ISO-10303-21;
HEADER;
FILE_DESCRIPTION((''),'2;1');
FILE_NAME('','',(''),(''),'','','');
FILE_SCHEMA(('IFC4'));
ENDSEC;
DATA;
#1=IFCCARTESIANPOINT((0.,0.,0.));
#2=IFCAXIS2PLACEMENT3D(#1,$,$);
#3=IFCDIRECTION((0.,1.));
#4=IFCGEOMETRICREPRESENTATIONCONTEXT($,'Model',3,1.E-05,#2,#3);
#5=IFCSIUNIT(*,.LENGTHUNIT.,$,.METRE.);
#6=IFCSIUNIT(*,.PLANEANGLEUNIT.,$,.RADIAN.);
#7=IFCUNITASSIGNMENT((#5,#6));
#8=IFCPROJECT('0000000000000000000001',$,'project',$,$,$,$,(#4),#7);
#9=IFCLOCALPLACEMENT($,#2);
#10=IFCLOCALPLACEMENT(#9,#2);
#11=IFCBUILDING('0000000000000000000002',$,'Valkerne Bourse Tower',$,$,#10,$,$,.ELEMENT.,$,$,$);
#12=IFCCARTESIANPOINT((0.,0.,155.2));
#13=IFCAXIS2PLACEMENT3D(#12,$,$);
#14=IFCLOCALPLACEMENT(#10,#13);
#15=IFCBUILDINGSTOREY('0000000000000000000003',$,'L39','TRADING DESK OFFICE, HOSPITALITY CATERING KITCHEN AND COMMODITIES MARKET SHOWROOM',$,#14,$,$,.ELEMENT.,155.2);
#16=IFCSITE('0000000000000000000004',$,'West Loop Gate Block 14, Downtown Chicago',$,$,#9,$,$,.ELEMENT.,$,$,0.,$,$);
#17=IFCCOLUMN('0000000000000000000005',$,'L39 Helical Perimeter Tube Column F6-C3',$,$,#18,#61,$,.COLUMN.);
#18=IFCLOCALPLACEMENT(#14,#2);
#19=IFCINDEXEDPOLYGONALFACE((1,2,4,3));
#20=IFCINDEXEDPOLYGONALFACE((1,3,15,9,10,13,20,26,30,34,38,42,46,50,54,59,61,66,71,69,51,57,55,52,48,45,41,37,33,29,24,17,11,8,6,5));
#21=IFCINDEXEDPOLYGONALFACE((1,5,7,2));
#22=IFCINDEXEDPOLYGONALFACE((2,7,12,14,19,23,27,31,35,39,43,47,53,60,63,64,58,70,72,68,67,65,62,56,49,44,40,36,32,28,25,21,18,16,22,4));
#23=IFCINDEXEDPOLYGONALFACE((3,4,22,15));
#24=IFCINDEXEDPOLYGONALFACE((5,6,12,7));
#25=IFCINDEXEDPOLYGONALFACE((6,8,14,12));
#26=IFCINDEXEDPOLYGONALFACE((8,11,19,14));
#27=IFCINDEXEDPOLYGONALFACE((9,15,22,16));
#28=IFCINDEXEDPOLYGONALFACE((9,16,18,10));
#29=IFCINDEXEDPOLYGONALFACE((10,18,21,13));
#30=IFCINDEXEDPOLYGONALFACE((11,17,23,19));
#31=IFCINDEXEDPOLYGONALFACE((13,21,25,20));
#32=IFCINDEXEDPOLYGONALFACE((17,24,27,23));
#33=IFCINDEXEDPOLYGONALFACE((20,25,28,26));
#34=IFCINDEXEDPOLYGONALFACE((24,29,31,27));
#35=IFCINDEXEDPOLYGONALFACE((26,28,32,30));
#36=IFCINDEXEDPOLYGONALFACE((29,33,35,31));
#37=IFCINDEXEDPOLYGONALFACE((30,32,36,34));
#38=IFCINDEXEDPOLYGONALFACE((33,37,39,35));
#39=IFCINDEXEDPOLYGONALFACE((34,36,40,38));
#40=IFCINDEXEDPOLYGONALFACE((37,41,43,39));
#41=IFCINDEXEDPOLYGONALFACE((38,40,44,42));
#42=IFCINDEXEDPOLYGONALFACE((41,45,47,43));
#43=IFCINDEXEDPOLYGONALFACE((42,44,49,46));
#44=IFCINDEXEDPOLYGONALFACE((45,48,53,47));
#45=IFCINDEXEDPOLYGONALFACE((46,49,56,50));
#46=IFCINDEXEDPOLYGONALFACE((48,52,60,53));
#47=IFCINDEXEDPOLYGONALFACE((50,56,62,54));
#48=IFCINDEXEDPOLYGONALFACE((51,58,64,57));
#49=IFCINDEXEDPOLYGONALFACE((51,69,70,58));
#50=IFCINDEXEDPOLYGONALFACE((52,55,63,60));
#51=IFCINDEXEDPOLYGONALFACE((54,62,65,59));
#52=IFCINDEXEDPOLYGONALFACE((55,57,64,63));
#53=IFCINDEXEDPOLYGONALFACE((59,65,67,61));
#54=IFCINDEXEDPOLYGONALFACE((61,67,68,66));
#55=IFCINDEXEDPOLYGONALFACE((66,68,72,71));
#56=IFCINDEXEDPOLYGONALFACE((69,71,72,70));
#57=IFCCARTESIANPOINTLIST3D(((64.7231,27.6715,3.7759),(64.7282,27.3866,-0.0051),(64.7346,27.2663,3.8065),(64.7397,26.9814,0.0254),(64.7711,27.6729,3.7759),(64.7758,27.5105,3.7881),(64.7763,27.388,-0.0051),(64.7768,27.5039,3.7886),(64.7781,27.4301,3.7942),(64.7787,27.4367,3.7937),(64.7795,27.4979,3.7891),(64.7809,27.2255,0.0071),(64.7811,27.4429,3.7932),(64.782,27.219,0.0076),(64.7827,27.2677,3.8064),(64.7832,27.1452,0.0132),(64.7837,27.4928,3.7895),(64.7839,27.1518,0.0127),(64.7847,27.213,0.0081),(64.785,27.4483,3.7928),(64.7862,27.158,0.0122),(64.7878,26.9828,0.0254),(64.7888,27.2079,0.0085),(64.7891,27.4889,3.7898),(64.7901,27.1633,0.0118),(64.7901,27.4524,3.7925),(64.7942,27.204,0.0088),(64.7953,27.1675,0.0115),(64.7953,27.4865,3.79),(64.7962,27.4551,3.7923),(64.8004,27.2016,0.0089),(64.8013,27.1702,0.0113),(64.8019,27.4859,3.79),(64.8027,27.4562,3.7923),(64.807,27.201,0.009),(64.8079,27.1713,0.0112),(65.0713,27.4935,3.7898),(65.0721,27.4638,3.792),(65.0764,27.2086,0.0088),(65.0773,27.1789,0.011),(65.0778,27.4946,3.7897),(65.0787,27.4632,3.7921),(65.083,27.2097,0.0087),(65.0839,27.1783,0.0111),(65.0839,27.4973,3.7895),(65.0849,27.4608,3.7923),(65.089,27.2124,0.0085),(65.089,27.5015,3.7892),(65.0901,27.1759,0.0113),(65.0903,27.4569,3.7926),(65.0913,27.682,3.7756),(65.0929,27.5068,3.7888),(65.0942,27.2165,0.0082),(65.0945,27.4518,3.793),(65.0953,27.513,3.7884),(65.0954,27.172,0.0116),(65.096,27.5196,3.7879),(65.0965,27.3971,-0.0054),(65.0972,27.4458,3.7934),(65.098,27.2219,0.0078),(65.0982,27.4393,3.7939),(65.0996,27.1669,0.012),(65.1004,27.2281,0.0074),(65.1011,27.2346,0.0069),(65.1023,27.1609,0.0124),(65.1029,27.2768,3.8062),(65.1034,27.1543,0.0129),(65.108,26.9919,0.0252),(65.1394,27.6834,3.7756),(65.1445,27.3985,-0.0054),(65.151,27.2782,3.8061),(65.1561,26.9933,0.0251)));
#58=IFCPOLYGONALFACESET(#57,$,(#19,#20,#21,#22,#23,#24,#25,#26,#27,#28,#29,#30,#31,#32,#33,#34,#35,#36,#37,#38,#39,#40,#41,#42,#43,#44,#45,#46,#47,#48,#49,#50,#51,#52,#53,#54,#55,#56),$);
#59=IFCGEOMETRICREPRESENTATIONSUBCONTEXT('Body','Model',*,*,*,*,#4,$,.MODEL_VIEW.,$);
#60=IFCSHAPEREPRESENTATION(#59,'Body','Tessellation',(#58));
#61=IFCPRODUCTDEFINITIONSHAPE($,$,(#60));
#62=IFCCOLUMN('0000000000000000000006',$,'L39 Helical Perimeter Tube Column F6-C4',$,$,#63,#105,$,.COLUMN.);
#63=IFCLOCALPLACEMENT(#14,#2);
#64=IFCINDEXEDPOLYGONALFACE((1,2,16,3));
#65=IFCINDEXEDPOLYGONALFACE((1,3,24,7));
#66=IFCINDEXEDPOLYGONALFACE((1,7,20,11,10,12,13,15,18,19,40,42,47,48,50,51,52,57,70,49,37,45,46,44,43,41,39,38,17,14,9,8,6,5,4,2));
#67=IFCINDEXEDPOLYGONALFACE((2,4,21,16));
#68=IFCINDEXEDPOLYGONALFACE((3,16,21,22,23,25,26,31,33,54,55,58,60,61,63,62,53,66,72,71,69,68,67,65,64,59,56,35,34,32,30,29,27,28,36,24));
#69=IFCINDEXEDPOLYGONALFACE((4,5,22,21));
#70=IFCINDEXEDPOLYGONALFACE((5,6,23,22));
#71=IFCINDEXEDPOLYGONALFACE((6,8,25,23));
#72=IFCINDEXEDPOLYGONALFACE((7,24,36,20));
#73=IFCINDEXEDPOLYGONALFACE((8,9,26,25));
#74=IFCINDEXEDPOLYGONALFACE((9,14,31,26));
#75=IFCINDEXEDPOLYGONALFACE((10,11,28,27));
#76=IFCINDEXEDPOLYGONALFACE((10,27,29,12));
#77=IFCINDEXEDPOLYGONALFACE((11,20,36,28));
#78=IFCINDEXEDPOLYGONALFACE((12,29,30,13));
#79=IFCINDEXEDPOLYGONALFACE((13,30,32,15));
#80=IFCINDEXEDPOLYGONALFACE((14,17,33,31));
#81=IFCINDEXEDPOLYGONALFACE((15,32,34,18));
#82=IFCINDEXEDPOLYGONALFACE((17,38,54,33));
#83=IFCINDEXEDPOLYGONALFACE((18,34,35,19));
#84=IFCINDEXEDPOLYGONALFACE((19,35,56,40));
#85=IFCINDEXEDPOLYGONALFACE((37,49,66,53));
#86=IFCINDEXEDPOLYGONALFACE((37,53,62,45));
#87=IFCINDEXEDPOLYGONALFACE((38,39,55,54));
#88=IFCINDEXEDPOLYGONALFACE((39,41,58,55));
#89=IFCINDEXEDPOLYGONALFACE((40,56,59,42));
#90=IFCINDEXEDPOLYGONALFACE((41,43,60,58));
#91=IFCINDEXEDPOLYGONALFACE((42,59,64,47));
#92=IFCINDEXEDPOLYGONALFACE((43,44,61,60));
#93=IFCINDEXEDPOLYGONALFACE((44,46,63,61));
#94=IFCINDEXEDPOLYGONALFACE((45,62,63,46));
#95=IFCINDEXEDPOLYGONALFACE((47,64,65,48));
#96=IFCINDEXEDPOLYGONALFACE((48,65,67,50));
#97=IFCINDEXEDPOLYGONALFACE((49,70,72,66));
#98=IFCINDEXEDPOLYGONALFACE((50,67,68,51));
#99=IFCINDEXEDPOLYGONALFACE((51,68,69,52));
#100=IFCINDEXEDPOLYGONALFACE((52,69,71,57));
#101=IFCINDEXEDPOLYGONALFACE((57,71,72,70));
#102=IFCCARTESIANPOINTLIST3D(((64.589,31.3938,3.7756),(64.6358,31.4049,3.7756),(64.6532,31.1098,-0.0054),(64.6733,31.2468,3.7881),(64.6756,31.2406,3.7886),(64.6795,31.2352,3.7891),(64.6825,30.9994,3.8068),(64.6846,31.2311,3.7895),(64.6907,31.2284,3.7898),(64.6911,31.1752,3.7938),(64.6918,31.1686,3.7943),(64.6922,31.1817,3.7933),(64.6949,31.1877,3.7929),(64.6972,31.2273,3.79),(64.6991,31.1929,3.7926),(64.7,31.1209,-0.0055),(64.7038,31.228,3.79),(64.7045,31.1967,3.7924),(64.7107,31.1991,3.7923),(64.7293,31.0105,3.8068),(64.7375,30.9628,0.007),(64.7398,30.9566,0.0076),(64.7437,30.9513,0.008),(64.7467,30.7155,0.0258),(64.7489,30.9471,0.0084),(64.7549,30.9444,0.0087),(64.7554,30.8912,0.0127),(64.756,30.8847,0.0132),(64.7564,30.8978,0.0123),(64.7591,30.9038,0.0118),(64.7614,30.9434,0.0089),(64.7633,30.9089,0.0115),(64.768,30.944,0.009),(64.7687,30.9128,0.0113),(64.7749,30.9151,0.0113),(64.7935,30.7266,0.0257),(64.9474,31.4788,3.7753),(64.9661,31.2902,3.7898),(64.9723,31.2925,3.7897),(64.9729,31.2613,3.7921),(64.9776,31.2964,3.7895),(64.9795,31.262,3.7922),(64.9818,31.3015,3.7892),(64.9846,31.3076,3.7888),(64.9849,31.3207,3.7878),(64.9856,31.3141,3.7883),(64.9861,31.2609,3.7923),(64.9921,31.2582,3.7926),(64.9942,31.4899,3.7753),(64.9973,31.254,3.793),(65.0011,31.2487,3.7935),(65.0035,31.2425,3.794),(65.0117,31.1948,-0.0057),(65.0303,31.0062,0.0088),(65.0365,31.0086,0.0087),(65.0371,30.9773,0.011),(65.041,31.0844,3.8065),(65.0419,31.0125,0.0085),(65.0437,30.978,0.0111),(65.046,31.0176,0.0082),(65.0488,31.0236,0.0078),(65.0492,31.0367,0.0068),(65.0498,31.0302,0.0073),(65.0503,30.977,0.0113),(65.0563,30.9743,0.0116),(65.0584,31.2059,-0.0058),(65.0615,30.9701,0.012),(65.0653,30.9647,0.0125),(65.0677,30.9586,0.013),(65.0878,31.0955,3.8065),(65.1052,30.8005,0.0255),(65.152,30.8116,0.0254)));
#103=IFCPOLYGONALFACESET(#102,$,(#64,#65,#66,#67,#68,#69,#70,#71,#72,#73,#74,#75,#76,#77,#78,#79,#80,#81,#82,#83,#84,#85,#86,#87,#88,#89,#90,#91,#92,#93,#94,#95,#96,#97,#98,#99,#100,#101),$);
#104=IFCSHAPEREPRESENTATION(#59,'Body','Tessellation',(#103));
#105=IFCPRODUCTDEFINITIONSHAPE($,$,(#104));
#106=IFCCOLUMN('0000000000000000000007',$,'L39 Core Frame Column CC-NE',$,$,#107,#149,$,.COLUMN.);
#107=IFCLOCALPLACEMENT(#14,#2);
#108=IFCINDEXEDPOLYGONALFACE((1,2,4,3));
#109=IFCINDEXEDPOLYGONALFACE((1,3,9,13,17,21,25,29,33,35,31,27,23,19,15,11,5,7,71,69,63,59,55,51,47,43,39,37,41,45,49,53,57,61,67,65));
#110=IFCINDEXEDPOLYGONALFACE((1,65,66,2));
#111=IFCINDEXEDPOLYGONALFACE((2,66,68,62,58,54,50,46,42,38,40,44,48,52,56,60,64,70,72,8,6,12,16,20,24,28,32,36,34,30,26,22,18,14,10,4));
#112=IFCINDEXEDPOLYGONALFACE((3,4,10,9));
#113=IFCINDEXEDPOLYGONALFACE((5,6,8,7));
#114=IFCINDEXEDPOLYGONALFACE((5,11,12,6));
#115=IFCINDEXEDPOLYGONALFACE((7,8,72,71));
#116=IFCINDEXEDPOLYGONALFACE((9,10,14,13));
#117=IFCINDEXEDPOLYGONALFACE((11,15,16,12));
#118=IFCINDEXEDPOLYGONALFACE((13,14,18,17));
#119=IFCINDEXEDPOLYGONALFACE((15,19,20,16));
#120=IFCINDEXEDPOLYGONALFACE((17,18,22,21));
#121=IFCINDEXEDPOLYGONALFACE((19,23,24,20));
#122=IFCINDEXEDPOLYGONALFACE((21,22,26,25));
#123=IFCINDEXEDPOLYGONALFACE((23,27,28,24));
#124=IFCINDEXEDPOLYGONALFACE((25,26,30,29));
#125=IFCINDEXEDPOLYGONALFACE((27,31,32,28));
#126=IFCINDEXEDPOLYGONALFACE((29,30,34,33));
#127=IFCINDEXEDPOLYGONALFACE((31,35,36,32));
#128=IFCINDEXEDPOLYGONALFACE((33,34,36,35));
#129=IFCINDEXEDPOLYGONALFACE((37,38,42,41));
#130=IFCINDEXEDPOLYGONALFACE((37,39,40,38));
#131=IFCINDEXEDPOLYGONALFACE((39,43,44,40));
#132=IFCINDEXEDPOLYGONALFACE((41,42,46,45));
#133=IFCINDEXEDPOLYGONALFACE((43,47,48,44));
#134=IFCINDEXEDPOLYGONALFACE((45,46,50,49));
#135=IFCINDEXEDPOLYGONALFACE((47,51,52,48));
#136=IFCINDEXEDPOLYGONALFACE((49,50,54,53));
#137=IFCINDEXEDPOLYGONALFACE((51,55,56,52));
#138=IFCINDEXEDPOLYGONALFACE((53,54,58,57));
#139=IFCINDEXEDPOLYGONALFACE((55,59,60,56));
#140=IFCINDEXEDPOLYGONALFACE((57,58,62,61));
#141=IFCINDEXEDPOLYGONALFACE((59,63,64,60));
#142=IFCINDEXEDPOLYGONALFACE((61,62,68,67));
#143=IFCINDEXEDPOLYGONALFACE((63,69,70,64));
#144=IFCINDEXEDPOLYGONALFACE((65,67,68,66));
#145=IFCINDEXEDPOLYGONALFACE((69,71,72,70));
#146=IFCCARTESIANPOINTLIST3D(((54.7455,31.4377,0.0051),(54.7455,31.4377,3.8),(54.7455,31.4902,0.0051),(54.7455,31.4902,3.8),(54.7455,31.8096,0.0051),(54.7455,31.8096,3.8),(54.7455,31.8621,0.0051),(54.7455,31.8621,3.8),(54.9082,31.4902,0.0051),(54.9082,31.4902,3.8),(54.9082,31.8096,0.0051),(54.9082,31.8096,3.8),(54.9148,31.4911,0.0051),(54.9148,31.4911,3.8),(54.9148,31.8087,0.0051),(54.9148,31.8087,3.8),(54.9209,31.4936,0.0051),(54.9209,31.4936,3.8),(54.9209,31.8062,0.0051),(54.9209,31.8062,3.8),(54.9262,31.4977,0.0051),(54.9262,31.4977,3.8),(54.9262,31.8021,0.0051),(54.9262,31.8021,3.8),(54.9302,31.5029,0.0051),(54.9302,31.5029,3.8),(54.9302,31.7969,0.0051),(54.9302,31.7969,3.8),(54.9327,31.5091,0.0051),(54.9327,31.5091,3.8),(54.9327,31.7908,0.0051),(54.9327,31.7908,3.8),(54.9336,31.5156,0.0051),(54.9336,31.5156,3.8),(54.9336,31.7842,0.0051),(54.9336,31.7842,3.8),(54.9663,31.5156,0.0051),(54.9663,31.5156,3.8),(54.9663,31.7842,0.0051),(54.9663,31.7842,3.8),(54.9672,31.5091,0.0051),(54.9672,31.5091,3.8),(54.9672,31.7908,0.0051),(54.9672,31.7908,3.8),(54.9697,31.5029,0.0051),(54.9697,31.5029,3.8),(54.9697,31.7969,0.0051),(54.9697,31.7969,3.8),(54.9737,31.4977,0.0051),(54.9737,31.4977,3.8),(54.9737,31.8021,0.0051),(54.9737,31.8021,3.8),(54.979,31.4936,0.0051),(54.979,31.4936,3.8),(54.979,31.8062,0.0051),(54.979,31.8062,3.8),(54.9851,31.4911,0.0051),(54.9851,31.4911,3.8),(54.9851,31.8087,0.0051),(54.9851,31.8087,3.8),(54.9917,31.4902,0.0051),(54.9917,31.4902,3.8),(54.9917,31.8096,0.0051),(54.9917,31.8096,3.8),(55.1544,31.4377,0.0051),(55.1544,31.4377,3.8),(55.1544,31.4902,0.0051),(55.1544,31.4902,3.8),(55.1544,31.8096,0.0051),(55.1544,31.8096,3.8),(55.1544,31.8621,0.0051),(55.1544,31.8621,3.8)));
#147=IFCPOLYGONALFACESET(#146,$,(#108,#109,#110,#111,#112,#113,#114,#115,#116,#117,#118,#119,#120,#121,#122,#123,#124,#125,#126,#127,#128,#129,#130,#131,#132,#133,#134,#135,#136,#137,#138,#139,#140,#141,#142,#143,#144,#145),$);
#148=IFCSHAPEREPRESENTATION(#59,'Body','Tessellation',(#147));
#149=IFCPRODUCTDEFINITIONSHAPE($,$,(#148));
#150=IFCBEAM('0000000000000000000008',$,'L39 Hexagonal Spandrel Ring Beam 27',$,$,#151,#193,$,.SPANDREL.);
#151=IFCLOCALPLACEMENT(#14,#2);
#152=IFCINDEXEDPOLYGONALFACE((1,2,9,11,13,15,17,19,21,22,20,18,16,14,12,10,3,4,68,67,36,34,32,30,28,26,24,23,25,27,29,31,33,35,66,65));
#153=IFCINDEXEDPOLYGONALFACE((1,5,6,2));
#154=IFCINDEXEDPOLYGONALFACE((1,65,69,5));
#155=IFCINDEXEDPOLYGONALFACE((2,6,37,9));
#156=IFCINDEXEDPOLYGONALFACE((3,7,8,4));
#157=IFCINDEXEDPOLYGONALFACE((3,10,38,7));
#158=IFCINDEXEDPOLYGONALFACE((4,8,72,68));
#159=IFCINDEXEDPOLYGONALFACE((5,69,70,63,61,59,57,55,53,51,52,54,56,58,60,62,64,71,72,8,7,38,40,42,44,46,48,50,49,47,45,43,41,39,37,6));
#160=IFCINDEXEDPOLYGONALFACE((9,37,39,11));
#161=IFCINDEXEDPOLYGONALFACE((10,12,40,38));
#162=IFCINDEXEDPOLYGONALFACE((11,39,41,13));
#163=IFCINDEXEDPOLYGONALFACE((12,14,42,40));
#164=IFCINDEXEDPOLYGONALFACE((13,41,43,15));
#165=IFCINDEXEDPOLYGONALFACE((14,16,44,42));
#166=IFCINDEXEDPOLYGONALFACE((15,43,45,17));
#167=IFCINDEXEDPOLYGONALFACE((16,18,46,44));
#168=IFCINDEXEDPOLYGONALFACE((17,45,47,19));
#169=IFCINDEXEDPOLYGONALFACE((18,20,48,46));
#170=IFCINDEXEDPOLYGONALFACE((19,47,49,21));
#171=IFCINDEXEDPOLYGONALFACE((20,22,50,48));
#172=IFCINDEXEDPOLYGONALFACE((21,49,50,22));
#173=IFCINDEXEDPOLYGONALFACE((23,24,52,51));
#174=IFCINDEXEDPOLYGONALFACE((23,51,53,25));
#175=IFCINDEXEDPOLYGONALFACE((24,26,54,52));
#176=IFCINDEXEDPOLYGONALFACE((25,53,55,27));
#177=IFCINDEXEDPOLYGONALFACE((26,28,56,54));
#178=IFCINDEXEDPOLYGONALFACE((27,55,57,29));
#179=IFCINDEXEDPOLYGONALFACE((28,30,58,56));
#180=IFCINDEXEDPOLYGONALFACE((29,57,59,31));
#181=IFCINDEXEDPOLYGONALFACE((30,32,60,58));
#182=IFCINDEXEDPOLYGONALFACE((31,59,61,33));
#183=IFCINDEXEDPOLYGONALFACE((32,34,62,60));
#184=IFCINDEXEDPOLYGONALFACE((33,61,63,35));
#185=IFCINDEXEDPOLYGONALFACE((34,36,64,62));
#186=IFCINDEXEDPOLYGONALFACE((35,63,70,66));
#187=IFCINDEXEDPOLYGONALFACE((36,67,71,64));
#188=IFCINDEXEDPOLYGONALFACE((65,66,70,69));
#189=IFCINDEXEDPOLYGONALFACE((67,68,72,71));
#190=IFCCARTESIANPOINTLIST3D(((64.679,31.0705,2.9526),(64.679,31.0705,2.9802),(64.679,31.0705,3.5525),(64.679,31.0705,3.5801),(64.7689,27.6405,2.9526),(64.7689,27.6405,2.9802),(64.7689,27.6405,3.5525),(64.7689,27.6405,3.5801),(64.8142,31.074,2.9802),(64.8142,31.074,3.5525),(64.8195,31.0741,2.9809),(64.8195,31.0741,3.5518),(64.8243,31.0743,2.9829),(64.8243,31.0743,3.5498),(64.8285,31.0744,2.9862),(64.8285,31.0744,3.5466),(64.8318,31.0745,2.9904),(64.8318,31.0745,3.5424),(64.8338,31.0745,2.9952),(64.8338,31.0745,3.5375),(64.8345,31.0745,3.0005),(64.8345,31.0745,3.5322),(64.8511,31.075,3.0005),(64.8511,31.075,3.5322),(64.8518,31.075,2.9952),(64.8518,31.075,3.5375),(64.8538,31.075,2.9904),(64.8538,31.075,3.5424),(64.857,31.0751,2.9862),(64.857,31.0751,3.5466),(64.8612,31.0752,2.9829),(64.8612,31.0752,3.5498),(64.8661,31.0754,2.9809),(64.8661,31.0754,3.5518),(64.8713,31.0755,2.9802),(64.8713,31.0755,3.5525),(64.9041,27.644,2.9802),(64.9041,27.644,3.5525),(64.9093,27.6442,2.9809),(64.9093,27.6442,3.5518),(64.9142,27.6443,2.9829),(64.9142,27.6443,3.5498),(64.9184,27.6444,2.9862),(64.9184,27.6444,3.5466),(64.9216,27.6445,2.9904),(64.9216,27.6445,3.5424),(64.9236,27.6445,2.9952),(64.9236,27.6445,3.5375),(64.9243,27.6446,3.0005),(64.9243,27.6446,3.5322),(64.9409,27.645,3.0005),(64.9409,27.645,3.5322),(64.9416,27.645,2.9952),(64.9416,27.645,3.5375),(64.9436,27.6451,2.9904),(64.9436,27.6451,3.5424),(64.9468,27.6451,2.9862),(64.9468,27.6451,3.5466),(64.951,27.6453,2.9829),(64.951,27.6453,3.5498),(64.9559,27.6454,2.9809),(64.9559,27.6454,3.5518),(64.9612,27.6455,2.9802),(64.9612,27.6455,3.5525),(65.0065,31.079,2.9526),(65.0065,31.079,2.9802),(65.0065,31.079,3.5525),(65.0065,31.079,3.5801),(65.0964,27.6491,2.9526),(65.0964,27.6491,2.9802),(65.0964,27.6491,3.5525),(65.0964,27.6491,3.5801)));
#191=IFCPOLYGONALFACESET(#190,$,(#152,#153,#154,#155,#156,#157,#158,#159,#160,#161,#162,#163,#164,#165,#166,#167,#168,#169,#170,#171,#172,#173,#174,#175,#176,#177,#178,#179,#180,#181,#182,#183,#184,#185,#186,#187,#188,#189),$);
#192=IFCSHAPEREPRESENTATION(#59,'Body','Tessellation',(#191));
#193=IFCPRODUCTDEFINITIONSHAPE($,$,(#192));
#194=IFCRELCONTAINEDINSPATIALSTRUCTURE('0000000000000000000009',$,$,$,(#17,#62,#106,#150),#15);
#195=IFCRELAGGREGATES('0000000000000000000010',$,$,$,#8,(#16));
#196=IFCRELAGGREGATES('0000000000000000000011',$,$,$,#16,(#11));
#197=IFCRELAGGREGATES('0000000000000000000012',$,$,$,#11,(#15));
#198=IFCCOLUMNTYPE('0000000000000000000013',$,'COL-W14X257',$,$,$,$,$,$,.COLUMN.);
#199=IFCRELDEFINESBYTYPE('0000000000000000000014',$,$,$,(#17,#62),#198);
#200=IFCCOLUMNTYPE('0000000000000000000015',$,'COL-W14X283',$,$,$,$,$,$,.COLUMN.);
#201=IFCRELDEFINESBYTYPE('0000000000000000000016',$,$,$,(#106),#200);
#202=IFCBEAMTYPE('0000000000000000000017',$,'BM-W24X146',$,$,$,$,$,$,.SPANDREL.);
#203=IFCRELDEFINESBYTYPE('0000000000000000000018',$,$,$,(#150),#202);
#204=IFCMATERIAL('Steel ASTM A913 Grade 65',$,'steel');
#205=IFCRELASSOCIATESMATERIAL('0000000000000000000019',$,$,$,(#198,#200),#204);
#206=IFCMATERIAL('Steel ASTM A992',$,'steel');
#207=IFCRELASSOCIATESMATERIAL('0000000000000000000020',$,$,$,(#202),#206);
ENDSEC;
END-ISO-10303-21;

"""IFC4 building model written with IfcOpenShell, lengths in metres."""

from ifc_helpers import new_model, si_unit, direction, frame, origin, origin_2d, place, context, subcontext, project, spatial, i_section, extrude, material, material_profile, profile_set, type_object, element, save


model = new_model("IFC4")

# Units and contexts
model_context = context("Model", 3, precision=1e-05, world=origin(), true_north=direction((0.0, 1.0)))
body_context = subcontext(model_context, "Body", "Model", "MODEL_VIEW")
ifc_project = project(units=[si_unit("LENGTHUNIT", "METRE"), si_unit("PLANEANGLEUNIT", "RADIAN")], contexts=[model_context])

# Site, building, storey
site_placement = place(None, origin())
site = spatial("IfcSite", under=ifc_project, at=site_placement, Name="West Loop Gate Block 14, Downtown Chicago", CompositionType="ELEMENT", RefElevation=0.0)
building_placement = place(site_placement, origin())
building = spatial("IfcBuilding", under=site, at=building_placement, Name="Valkerne Bourse Tower", CompositionType="ELEMENT")
storey_placement = place(building_placement, frame((0.0, 0.0, 155.2)))
storey = spatial("IfcBuildingStorey", under=building, at=storey_placement, Name="L39", Description="TRADING DESK OFFICE, HOSPITALITY CATERING KITCHEN AND COMMODITIES MARKET SHOWROOM", CompositionType="ELEMENT", Elevation=155.2)

# Columns
ifc_material_1 = material(Name="Steel ASTM A913 Grade 65", Category="steel")
ifc_material_profile_1 = material_profile(ifc_material_1, i_section(OverallWidth=0.4065, OverallDepth=0.4165, WebThickness=0.0298, FlangeThickness=0.0481, FilletRadius=0.0254, at=origin_2d()), Name="W14X257")
ifc_profile_set_1 = profile_set([ifc_material_profile_1], Name="Steel ASTM A913 Grade 65")
column_type_1 = type_object("IfcColumnType", Name="COL-W14X257", PredefinedType="COLUMN", material=ifc_profile_set_1)
column_1_placement = place(storey_placement, frame((64.9421, 27.1899, 0.01), z_axis=(-0.001352, 0.07514, 0.997172), x_axis=(0.02841, -0.996768, 0.075148)))
element("IfcColumn", 1, at=column_1_placement, inside=storey, type_object=column_type_1, Name="L39 Helical Perimeter Tube Column F6-C3", PredefinedType="COLUMN", context=body_context, shape_type="SweptSolid", body=[
    extrude(i_section(OverallWidth=0.4065, OverallDepth=0.4165, WebThickness=0.0298, FlangeThickness=0.0481, FilletRadius=0.0254, at=origin_2d()), origin(), (0.0, 0.0, 1.0), 3.7917),
])
column_2_placement = place(storey_placement, frame((64.9026, 30.9607, 0.01), z_axis=(-0.016932, 0.074874, 0.997049), x_axis=(0.230121, -0.97013, 0.07676)))
element("IfcColumn", 2, at=column_2_placement, inside=storey, type_object=column_type_1, Name="L39 Helical Perimeter Tube Column F6-C4", PredefinedType="COLUMN", context=body_context, shape_type="SweptSolid", body=[
    extrude(i_section(OverallWidth=0.4065, OverallDepth=0.4165, WebThickness=0.0298, FlangeThickness=0.0481, FilletRadius=0.0254, at=origin_2d()), origin(), (0.0, 0.0, 1.0), 3.7922),
])
ifc_material_profile_2 = material_profile(ifc_material_1, i_section(OverallWidth=0.4089, OverallDepth=0.4243, WebThickness=0.0327, FlangeThickness=0.0525, FilletRadius=0.0254, at=origin_2d()), Name="W14X283")
ifc_profile_set_2 = profile_set([ifc_material_profile_2], Name="Steel ASTM A913 Grade 65")
column_type_2 = type_object("IfcColumnType", Name="COL-W14X283", PredefinedType="COLUMN", material=ifc_profile_set_2)
column_3_placement = place(storey_placement, frame((54.95, 31.6499, 0.0051), z_axis=(0.0, 0.0, 1.0), x_axis=(1.0, 0.0, 0.0)))
element("IfcColumn", 3, at=column_3_placement, inside=storey, type_object=column_type_2, Name="L39 Core Frame Column CC-NE", PredefinedType="COLUMN", context=body_context, shape_type="SweptSolid", body=[
    extrude(i_section(OverallWidth=0.4089, OverallDepth=0.4243, WebThickness=0.0327, FlangeThickness=0.0525, FilletRadius=0.0254, at=origin_2d()), origin(), (0.0, 0.0, 1.0), 3.7949),
])

# Beam
ifc_material_2 = material(Name="Steel ASTM A992", Category="steel")
ifc_material_profile_3 = material_profile(ifc_material_2, i_section(OverallWidth=0.3276, OverallDepth=0.6274, WebThickness=0.0166, FlangeThickness=0.0276, FilletRadius=0.0203, at=origin_2d()), Name="W24X146")
ifc_profile_set_3 = profile_set([ifc_material_profile_3], Name="Steel ASTM A992")
beam_type_1 = type_object("IfcBeamType", Name="BM-W24X146", PredefinedType="SPANDREL", material=ifc_profile_set_3)
for number, where, z_axis, x_axis, name in (
    (4, (64.9326, 27.6448, 3.2664), (-0.026185, 0.999657, 0.0), (-0.999657, -0.026185, 0.0), "L39 Hexagonal Spandrel Ring Beam 27"),
):
    element("IfcBeam", number, at=place(storey_placement, frame(where, z_axis=z_axis, x_axis=x_axis)), inside=storey, type_object=beam_type_1, Name=name, PredefinedType="SPANDREL", context=body_context, shape_type="SweptSolid", body=[
        extrude(i_section(OverallWidth=0.3276, OverallDepth=0.6274, WebThickness=0.0166, FlangeThickness=0.0276, FilletRadius=0.0203, at=origin_2d()), origin(), (0.0, 0.0, 1.0), 3.4312),
    ])

save(model, "model.ifc")
